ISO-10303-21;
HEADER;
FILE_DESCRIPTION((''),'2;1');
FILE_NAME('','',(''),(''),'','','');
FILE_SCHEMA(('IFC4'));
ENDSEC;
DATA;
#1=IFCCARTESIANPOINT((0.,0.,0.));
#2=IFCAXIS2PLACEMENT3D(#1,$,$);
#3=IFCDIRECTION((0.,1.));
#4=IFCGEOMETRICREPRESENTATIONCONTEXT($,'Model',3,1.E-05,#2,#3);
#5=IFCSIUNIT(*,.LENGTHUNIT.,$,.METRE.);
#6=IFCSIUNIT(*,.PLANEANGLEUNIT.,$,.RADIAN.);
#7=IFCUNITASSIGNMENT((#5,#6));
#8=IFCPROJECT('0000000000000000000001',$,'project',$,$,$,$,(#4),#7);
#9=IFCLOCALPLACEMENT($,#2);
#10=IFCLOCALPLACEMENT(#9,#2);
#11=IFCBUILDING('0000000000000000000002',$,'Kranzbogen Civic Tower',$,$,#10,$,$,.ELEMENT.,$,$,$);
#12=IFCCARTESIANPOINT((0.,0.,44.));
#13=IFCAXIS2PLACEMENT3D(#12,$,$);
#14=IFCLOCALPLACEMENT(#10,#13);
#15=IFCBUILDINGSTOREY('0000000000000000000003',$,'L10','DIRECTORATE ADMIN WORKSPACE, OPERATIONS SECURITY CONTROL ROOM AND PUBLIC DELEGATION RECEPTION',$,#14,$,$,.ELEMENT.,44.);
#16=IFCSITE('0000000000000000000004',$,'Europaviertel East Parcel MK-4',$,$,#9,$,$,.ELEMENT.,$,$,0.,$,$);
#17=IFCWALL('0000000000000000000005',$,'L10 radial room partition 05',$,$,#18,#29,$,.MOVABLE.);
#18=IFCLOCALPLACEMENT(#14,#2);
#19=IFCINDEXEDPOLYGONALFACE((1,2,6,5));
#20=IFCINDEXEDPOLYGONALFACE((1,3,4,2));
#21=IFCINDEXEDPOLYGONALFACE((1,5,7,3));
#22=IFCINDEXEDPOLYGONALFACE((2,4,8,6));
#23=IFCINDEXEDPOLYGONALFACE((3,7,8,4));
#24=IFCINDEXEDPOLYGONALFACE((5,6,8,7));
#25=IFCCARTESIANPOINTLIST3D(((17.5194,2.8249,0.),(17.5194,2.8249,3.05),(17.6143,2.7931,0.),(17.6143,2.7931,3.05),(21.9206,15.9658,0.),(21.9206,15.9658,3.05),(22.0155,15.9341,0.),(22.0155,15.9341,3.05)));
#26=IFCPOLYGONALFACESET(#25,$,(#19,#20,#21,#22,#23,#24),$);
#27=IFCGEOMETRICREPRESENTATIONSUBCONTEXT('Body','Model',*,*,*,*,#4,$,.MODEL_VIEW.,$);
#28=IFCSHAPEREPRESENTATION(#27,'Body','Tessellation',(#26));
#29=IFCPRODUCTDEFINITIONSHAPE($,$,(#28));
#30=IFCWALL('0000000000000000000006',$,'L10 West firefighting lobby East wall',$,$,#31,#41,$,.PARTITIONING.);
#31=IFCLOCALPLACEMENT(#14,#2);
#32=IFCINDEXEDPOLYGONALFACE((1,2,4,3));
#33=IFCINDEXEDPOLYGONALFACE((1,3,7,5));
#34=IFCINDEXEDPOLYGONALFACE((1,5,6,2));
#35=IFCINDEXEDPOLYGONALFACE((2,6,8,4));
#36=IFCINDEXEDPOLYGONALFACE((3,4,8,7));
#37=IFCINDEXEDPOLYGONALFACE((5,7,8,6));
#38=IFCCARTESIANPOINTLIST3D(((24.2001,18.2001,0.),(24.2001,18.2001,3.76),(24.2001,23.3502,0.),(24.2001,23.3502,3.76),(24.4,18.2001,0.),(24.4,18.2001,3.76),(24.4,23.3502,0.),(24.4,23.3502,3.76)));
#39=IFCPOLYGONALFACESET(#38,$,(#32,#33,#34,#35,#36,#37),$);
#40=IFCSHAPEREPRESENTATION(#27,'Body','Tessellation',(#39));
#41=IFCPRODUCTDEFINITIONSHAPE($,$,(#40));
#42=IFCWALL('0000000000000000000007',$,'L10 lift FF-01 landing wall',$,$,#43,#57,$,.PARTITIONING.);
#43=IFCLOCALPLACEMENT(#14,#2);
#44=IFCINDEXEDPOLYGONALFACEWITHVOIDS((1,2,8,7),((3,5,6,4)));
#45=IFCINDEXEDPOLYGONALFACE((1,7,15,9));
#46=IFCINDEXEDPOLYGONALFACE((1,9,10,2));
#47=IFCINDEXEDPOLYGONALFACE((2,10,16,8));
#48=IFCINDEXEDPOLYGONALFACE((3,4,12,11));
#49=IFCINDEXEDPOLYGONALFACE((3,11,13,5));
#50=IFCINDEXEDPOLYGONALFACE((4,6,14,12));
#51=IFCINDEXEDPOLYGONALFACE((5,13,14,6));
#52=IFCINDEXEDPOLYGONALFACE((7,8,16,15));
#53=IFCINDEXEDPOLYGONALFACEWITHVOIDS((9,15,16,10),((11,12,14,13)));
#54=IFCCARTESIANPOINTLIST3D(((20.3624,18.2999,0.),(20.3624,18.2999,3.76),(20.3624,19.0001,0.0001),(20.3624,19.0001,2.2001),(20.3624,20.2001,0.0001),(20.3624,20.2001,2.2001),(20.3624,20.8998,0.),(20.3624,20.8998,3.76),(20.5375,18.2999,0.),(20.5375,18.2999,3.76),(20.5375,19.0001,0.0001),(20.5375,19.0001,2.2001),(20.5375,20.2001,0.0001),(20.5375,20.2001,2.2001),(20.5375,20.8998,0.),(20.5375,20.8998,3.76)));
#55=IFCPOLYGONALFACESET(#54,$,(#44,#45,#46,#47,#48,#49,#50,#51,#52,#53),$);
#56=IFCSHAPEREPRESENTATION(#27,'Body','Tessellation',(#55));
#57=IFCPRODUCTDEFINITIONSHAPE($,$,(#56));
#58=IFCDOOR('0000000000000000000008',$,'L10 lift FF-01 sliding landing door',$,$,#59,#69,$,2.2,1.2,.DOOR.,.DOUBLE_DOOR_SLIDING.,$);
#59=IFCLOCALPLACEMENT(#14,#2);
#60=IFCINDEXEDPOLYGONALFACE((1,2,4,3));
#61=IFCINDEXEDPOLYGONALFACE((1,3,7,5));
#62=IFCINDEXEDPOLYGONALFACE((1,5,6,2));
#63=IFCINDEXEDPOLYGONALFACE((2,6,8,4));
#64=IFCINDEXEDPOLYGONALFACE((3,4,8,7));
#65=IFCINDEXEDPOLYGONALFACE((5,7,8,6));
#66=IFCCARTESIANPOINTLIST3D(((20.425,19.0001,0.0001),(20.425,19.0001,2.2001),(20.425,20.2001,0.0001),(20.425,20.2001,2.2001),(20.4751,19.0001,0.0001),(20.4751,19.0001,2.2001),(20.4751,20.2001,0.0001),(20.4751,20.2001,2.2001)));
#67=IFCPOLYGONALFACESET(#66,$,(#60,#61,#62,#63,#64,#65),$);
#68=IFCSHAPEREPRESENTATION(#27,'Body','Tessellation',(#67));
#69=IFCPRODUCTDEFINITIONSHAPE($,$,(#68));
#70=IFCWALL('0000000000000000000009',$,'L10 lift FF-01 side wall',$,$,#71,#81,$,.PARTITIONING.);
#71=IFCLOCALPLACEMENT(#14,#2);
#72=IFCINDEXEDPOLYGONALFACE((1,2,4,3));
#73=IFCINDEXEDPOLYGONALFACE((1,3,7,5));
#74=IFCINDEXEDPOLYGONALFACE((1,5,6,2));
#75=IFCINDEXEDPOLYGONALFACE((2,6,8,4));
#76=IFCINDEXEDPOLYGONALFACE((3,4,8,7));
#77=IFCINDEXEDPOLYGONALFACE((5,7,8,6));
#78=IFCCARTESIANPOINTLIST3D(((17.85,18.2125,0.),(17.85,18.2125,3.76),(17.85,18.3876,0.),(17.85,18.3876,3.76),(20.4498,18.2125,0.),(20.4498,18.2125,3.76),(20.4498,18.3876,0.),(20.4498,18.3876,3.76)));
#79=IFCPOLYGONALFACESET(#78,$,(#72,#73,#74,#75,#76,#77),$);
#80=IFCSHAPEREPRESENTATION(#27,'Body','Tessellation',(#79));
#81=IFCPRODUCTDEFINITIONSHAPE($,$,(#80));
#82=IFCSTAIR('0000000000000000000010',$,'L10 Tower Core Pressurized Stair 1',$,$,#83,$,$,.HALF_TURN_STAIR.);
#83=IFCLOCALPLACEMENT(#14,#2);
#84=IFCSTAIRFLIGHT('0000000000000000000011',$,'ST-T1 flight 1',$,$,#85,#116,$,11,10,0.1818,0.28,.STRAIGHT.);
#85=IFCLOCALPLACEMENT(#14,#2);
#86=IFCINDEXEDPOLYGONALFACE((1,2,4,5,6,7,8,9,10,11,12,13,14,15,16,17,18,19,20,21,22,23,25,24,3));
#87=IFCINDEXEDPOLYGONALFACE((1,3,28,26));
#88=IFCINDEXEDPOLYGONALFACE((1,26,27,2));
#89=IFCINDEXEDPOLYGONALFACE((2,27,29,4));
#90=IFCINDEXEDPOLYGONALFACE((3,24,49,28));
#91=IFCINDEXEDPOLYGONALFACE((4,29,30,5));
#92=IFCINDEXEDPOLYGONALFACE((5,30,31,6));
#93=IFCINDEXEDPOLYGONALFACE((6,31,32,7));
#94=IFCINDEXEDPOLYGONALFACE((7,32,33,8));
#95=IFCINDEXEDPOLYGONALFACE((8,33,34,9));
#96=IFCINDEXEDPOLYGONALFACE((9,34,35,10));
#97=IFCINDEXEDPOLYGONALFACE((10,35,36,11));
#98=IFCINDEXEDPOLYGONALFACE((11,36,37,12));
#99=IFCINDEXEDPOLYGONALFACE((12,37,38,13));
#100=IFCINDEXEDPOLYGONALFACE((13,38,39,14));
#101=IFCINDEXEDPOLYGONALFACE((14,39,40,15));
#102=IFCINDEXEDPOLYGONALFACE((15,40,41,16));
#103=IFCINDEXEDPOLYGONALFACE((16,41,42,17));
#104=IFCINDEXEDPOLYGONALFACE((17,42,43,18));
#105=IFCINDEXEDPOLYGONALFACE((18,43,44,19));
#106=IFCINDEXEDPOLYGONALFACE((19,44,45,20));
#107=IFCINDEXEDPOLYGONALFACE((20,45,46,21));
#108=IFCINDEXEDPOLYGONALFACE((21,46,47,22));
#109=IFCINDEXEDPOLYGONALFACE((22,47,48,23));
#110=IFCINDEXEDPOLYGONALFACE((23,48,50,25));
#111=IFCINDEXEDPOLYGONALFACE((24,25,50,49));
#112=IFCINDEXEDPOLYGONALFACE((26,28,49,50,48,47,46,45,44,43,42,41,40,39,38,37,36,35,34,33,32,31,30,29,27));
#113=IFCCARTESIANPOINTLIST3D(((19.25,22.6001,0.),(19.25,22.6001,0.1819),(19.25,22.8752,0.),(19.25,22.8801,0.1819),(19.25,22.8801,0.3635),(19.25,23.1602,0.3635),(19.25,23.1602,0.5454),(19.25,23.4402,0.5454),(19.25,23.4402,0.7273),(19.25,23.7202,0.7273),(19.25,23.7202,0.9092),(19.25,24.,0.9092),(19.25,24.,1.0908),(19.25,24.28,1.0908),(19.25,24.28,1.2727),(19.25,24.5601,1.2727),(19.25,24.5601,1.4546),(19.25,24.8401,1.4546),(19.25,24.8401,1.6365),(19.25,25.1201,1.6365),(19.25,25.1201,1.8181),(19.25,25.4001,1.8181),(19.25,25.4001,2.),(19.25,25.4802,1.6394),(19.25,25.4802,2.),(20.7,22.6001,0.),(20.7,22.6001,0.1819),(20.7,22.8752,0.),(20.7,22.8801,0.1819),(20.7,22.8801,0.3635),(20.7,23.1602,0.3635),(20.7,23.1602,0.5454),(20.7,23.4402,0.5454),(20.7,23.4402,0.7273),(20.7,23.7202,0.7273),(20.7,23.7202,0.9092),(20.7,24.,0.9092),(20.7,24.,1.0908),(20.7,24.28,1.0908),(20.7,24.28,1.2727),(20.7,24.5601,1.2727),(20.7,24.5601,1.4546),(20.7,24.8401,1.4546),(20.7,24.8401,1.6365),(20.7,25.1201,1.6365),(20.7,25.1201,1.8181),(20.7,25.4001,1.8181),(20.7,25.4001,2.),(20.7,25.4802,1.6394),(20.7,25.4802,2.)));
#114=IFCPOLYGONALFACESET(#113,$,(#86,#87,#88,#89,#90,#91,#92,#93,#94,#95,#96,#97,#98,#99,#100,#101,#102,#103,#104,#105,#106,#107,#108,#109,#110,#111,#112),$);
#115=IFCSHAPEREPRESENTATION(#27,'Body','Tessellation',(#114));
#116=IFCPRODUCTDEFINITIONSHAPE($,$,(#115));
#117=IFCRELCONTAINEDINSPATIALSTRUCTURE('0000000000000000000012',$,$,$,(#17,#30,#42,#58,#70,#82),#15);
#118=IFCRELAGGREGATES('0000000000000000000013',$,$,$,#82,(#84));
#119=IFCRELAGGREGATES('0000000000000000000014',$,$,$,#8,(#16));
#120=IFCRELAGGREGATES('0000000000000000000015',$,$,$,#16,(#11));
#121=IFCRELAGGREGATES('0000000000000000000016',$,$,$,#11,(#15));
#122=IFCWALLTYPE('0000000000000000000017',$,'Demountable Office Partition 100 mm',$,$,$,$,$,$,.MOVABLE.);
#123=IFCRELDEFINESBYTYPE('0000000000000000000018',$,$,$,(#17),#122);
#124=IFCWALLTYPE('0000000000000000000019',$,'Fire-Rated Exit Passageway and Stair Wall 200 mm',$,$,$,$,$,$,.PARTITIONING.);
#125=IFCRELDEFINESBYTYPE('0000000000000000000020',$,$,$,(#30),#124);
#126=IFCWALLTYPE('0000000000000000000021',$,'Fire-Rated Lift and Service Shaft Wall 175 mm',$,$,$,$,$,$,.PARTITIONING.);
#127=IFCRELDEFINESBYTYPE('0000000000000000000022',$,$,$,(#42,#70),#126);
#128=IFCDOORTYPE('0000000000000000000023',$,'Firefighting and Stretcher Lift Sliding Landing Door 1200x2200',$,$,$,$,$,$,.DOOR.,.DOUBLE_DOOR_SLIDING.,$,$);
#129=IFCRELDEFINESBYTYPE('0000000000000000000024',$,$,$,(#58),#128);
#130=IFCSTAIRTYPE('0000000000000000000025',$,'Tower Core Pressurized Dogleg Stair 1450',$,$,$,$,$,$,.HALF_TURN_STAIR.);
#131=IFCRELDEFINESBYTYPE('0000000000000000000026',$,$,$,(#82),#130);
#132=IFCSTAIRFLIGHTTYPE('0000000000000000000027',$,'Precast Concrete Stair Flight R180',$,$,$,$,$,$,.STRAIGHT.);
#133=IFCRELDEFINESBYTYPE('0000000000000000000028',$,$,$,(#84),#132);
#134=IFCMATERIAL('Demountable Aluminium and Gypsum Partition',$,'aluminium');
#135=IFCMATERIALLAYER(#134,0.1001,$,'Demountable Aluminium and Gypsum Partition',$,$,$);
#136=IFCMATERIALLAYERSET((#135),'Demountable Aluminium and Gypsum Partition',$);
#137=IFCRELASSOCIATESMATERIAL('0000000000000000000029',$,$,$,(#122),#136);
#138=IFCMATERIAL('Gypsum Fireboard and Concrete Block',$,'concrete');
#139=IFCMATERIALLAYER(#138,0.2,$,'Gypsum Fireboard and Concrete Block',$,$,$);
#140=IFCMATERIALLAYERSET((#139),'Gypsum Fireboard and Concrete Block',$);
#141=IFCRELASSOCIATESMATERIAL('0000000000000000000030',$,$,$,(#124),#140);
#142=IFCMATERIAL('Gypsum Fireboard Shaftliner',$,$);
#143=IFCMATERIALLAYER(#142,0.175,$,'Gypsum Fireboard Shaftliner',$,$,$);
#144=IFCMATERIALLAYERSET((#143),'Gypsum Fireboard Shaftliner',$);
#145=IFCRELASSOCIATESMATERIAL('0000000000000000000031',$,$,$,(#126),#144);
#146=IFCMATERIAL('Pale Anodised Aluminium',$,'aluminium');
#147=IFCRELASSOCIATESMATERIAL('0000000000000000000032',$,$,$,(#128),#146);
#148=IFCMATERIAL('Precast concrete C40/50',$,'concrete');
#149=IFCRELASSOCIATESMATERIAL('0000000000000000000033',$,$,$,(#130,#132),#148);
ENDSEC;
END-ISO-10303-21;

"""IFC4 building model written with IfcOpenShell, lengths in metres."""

from ifc_helpers import new_model, si_unit, direction, frame, frame_2d, origin, place, context, subcontext, project, spatial, polyline, rectangle, outline, extrude, material, layer, layer_set, type_object, element, fill, aggregate, save


model = new_model("IFC4")

# Units and contexts
model_context = context("Model", 3, precision=1e-05, world=origin(), true_north=direction((0.0, 1.0)))
body_context = subcontext(model_context, "Body", "Model", "MODEL_VIEW")
ifc_project = project(units=[si_unit("LENGTHUNIT", "METRE"), si_unit("PLANEANGLEUNIT", "RADIAN")], contexts=[model_context])

# Site, building, storey
site_placement = place(None, origin())
site = spatial("IfcSite", under=ifc_project, at=site_placement, Name="Europaviertel East Parcel MK-4", CompositionType="ELEMENT", RefElevation=0.0)
building_placement = place(site_placement, origin())
building = spatial("IfcBuilding", under=site, at=building_placement, Name="Kranzbogen Civic Tower", CompositionType="ELEMENT")
storey_placement = place(building_placement, frame((0.0, 0.0, 44.0)))
storey = spatial("IfcBuildingStorey", under=building, at=storey_placement, Name="L10", Description="DIRECTORATE ADMIN WORKSPACE, OPERATIONS SECURITY CONTROL ROOM AND PUBLIC DELEGATION RECEPTION", CompositionType="ELEMENT", Elevation=44.0)

# Shared definitions
ifc_material_1 = material(Name="Pale Anodised Aluminium", Category="aluminium")

# Walls
ifc_material_2 = material(Name="Demountable Aluminium and Gypsum Partition", Category="aluminium")
ifc_layer_1 = layer(ifc_material_2, 0.1001, Name="Demountable Aluminium and Gypsum Partition")
ifc_layer_set_1 = layer_set([ifc_layer_1], Name="Demountable Aluminium and Gypsum Partition")
wall_type_1 = type_object("IfcWallType", Name="Demountable Office Partition 100 mm", PredefinedType="MOVABLE", material=ifc_layer_set_1)
wall_1_placement = place(storey_placement, frame((21.968, 15.95, 0.0), z_axis=(0.0, 0.0, 1.0), x_axis=(-0.31758, -0.948231, 0.0)))
element("IfcWall", 1, at=wall_1_placement, inside=storey, type_object=wall_type_1, Name="L10 radial room partition 05", PredefinedType="MOVABLE", context=body_context, shape_type="SweptSolid", body=[
    extrude(rectangle(XDim=13.8584, YDim=0.1001, at=frame_2d((6.9292, 0.0))), origin(), (0.0, 0.0, 1.0), 3.05),
])
ifc_material_3 = material(Name="Gypsum Fireboard and Concrete Block", Category="concrete")
ifc_layer_2 = layer(ifc_material_3, 0.2, Name="Gypsum Fireboard and Concrete Block")
ifc_layer_set_2 = layer_set([ifc_layer_2], Name="Gypsum Fireboard and Concrete Block")
wall_type_2 = type_object("IfcWallType", Name="Fire-Rated Exit Passageway and Stair Wall 200 mm", PredefinedType="PARTITIONING", material=ifc_layer_set_2)
wall_2_placement = place(storey_placement, frame((24.3, 18.2, 0.0), z_axis=(0.0, 0.0, 1.0), x_axis=(0.0, 1.0, 0.0)))
element("IfcWall", 2, at=wall_2_placement, inside=storey, type_object=wall_type_2, Name="L10 West firefighting lobby East wall", PredefinedType="PARTITIONING", context=body_context, shape_type="SweptSolid", body=[
    extrude(rectangle(XDim=5.1501, YDim=0.2, at=frame_2d((2.5752, 0.0))), origin(), (0.0, 0.0, 1.0), 3.76),
])

# Wall, opening, door
ifc_material_4 = material(Name="Gypsum Fireboard Shaftliner")
ifc_layer_3 = layer(ifc_material_4, 0.175, Name="Gypsum Fireboard Shaftliner")
ifc_layer_set_3 = layer_set([ifc_layer_3], Name="Gypsum Fireboard Shaftliner")
wall_type_3 = type_object("IfcWallType", Name="Fire-Rated Lift and Service Shaft Wall 175 mm", PredefinedType="PARTITIONING", material=ifc_layer_set_3)
wall_3_placement = place(storey_placement, frame((20.45, 18.3, 0.0), z_axis=(0.0, 0.0, 1.0), x_axis=(0.0, 1.0, 0.0)))
wall_3 = element("IfcWall", 3, at=wall_3_placement, inside=storey, type_object=wall_type_3, Name="L10 lift FF-01 landing wall", PredefinedType="PARTITIONING", context=body_context, shape_type="SweptSolid", body=[
    extrude(rectangle(XDim=2.5999, YDim=0.175, at=frame_2d((1.2998, 0.0))), origin(), (0.0, 0.0, 1.0), 3.76),
])
opening_1_placement = place(wall_3_placement, frame((0.7, 0.0, 0.0)))
opening_1 = element("IfcOpeningElement", 4, at=opening_1_placement, cuts=wall_3, PredefinedType="OPENING", context=body_context, shape_type="SweptSolid", body=[
    extrude(rectangle(XDim=1.2, YDim=2.2, at=frame_2d((0.6001, 1.1001))), frame((0.0, 0.0977, 0.0), z_axis=(0.0, -1.0, 0.0), x_axis=(1.0, 0.0, 0.0)), (0.0, 0.0, 1.0), 0.1951),
])
door_type_1 = type_object("IfcDoorType", Name="Firefighting and Stretcher Lift Sliding Landing Door 1200x2200", OperationType="DOUBLE_DOOR_SLIDING", PredefinedType="DOOR", material=ifc_material_1)
door_1_placement = place(opening_1_placement, origin())
door_1 = element("IfcDoor", 5, at=door_1_placement, inside=storey, type_object=door_type_1, Name="L10 lift FF-01 sliding landing door", OperationType="DOUBLE_DOOR_SLIDING", OverallHeight=2.2, OverallWidth=1.2, PredefinedType="DOOR", context=body_context, shape_type="SweptSolid", body=[
    extrude(rectangle(XDim=1.2, YDim=2.2, at=frame_2d((0.6001, 1.1001))), frame((0.0, 0.0249, 0.0), z_axis=(0.0, -1.0, 0.0), x_axis=(1.0, 0.0, 0.0)), (0.0, 0.0, 1.0), 0.05),
])
fill(opening_1, door_1)

# Wall
wall_4_placement = place(storey_placement, frame((17.8501, 18.3, 0.0), z_axis=(0.0, 0.0, 1.0), x_axis=(1.0, 0.0, 0.0)))
element("IfcWall", 6, at=wall_4_placement, inside=storey, type_object=wall_type_3, Name="L10 lift FF-01 side wall", PredefinedType="PARTITIONING", context=body_context, shape_type="SweptSolid", body=[
    extrude(rectangle(XDim=2.5999, YDim=0.175, at=frame_2d((1.2998, 0.0))), origin(), (0.0, 0.0, 1.0), 3.76),
])

# Stair, stair flight
ifc_material_5 = material(Name="Precast concrete C40/50", Category="concrete")
stair_type = type_object("IfcStairType", Name="Tower Core Pressurized Dogleg Stair 1450", PredefinedType="HALF_TURN_STAIR", material=ifc_material_5)
stair_placement = place(storey_placement, origin())
stair = element("IfcStair", 7, at=stair_placement, inside=storey, type_object=stair_type, Name="L10 Tower Core Pressurized Stair 1", PredefinedType="HALF_TURN_STAIR")
stair_flight_type = type_object("IfcStairFlightType", Name="Precast Concrete Stair Flight R180", PredefinedType="STRAIGHT", material=ifc_material_5)
stair_flight_placement = place(storey_placement, frame((19.9751, 22.6001, 0.0), z_axis=(0.0, 0.0, 1.0), x_axis=(0.0, 1.0, 0.0)))
stair_flight = element("IfcStairFlight", 8, at=stair_flight_placement, type_object=stair_flight_type, Name="ST-T1 flight 1", NumberOfRisers=11, NumberOfTreads=10, PredefinedType="STRAIGHT", RiserHeight=0.1818, TreadLength=0.28, context=body_context, shape_type="SweptSolid", body=[
    extrude(outline(polyline([(0.0, 0.0), (0.0, 0.1819), (0.28, 0.1819), (0.28, 0.3635), (0.5601, 0.3635), (0.5601, 0.5454), (0.8401, 0.5454), (0.8401, 0.7273), (1.1201, 0.7273), (1.1201, 0.9092), (1.3999, 0.9092), (1.3999, 1.0908), (1.6799, 1.0908), (1.6799, 1.2727), (1.96, 1.2727), (1.96, 1.4546), (2.24, 1.4546), (2.24, 1.6365), (2.52, 1.6365), (2.52, 1.8181), (2.8, 1.8181), (2.8, 2.0), (2.8801, 2.0), (2.8801, 1.6394), (0.2751, 0.0), (0.0, 0.0)])), frame((0.0, 0.7251, 0.0), z_axis=(0.0, -1.0, 0.0), x_axis=(1.0, 0.0, 0.0)), (0.0, 0.0, 1.0), 1.45),
])
aggregate(stair, [stair_flight])

save(model, "model.ifc")
